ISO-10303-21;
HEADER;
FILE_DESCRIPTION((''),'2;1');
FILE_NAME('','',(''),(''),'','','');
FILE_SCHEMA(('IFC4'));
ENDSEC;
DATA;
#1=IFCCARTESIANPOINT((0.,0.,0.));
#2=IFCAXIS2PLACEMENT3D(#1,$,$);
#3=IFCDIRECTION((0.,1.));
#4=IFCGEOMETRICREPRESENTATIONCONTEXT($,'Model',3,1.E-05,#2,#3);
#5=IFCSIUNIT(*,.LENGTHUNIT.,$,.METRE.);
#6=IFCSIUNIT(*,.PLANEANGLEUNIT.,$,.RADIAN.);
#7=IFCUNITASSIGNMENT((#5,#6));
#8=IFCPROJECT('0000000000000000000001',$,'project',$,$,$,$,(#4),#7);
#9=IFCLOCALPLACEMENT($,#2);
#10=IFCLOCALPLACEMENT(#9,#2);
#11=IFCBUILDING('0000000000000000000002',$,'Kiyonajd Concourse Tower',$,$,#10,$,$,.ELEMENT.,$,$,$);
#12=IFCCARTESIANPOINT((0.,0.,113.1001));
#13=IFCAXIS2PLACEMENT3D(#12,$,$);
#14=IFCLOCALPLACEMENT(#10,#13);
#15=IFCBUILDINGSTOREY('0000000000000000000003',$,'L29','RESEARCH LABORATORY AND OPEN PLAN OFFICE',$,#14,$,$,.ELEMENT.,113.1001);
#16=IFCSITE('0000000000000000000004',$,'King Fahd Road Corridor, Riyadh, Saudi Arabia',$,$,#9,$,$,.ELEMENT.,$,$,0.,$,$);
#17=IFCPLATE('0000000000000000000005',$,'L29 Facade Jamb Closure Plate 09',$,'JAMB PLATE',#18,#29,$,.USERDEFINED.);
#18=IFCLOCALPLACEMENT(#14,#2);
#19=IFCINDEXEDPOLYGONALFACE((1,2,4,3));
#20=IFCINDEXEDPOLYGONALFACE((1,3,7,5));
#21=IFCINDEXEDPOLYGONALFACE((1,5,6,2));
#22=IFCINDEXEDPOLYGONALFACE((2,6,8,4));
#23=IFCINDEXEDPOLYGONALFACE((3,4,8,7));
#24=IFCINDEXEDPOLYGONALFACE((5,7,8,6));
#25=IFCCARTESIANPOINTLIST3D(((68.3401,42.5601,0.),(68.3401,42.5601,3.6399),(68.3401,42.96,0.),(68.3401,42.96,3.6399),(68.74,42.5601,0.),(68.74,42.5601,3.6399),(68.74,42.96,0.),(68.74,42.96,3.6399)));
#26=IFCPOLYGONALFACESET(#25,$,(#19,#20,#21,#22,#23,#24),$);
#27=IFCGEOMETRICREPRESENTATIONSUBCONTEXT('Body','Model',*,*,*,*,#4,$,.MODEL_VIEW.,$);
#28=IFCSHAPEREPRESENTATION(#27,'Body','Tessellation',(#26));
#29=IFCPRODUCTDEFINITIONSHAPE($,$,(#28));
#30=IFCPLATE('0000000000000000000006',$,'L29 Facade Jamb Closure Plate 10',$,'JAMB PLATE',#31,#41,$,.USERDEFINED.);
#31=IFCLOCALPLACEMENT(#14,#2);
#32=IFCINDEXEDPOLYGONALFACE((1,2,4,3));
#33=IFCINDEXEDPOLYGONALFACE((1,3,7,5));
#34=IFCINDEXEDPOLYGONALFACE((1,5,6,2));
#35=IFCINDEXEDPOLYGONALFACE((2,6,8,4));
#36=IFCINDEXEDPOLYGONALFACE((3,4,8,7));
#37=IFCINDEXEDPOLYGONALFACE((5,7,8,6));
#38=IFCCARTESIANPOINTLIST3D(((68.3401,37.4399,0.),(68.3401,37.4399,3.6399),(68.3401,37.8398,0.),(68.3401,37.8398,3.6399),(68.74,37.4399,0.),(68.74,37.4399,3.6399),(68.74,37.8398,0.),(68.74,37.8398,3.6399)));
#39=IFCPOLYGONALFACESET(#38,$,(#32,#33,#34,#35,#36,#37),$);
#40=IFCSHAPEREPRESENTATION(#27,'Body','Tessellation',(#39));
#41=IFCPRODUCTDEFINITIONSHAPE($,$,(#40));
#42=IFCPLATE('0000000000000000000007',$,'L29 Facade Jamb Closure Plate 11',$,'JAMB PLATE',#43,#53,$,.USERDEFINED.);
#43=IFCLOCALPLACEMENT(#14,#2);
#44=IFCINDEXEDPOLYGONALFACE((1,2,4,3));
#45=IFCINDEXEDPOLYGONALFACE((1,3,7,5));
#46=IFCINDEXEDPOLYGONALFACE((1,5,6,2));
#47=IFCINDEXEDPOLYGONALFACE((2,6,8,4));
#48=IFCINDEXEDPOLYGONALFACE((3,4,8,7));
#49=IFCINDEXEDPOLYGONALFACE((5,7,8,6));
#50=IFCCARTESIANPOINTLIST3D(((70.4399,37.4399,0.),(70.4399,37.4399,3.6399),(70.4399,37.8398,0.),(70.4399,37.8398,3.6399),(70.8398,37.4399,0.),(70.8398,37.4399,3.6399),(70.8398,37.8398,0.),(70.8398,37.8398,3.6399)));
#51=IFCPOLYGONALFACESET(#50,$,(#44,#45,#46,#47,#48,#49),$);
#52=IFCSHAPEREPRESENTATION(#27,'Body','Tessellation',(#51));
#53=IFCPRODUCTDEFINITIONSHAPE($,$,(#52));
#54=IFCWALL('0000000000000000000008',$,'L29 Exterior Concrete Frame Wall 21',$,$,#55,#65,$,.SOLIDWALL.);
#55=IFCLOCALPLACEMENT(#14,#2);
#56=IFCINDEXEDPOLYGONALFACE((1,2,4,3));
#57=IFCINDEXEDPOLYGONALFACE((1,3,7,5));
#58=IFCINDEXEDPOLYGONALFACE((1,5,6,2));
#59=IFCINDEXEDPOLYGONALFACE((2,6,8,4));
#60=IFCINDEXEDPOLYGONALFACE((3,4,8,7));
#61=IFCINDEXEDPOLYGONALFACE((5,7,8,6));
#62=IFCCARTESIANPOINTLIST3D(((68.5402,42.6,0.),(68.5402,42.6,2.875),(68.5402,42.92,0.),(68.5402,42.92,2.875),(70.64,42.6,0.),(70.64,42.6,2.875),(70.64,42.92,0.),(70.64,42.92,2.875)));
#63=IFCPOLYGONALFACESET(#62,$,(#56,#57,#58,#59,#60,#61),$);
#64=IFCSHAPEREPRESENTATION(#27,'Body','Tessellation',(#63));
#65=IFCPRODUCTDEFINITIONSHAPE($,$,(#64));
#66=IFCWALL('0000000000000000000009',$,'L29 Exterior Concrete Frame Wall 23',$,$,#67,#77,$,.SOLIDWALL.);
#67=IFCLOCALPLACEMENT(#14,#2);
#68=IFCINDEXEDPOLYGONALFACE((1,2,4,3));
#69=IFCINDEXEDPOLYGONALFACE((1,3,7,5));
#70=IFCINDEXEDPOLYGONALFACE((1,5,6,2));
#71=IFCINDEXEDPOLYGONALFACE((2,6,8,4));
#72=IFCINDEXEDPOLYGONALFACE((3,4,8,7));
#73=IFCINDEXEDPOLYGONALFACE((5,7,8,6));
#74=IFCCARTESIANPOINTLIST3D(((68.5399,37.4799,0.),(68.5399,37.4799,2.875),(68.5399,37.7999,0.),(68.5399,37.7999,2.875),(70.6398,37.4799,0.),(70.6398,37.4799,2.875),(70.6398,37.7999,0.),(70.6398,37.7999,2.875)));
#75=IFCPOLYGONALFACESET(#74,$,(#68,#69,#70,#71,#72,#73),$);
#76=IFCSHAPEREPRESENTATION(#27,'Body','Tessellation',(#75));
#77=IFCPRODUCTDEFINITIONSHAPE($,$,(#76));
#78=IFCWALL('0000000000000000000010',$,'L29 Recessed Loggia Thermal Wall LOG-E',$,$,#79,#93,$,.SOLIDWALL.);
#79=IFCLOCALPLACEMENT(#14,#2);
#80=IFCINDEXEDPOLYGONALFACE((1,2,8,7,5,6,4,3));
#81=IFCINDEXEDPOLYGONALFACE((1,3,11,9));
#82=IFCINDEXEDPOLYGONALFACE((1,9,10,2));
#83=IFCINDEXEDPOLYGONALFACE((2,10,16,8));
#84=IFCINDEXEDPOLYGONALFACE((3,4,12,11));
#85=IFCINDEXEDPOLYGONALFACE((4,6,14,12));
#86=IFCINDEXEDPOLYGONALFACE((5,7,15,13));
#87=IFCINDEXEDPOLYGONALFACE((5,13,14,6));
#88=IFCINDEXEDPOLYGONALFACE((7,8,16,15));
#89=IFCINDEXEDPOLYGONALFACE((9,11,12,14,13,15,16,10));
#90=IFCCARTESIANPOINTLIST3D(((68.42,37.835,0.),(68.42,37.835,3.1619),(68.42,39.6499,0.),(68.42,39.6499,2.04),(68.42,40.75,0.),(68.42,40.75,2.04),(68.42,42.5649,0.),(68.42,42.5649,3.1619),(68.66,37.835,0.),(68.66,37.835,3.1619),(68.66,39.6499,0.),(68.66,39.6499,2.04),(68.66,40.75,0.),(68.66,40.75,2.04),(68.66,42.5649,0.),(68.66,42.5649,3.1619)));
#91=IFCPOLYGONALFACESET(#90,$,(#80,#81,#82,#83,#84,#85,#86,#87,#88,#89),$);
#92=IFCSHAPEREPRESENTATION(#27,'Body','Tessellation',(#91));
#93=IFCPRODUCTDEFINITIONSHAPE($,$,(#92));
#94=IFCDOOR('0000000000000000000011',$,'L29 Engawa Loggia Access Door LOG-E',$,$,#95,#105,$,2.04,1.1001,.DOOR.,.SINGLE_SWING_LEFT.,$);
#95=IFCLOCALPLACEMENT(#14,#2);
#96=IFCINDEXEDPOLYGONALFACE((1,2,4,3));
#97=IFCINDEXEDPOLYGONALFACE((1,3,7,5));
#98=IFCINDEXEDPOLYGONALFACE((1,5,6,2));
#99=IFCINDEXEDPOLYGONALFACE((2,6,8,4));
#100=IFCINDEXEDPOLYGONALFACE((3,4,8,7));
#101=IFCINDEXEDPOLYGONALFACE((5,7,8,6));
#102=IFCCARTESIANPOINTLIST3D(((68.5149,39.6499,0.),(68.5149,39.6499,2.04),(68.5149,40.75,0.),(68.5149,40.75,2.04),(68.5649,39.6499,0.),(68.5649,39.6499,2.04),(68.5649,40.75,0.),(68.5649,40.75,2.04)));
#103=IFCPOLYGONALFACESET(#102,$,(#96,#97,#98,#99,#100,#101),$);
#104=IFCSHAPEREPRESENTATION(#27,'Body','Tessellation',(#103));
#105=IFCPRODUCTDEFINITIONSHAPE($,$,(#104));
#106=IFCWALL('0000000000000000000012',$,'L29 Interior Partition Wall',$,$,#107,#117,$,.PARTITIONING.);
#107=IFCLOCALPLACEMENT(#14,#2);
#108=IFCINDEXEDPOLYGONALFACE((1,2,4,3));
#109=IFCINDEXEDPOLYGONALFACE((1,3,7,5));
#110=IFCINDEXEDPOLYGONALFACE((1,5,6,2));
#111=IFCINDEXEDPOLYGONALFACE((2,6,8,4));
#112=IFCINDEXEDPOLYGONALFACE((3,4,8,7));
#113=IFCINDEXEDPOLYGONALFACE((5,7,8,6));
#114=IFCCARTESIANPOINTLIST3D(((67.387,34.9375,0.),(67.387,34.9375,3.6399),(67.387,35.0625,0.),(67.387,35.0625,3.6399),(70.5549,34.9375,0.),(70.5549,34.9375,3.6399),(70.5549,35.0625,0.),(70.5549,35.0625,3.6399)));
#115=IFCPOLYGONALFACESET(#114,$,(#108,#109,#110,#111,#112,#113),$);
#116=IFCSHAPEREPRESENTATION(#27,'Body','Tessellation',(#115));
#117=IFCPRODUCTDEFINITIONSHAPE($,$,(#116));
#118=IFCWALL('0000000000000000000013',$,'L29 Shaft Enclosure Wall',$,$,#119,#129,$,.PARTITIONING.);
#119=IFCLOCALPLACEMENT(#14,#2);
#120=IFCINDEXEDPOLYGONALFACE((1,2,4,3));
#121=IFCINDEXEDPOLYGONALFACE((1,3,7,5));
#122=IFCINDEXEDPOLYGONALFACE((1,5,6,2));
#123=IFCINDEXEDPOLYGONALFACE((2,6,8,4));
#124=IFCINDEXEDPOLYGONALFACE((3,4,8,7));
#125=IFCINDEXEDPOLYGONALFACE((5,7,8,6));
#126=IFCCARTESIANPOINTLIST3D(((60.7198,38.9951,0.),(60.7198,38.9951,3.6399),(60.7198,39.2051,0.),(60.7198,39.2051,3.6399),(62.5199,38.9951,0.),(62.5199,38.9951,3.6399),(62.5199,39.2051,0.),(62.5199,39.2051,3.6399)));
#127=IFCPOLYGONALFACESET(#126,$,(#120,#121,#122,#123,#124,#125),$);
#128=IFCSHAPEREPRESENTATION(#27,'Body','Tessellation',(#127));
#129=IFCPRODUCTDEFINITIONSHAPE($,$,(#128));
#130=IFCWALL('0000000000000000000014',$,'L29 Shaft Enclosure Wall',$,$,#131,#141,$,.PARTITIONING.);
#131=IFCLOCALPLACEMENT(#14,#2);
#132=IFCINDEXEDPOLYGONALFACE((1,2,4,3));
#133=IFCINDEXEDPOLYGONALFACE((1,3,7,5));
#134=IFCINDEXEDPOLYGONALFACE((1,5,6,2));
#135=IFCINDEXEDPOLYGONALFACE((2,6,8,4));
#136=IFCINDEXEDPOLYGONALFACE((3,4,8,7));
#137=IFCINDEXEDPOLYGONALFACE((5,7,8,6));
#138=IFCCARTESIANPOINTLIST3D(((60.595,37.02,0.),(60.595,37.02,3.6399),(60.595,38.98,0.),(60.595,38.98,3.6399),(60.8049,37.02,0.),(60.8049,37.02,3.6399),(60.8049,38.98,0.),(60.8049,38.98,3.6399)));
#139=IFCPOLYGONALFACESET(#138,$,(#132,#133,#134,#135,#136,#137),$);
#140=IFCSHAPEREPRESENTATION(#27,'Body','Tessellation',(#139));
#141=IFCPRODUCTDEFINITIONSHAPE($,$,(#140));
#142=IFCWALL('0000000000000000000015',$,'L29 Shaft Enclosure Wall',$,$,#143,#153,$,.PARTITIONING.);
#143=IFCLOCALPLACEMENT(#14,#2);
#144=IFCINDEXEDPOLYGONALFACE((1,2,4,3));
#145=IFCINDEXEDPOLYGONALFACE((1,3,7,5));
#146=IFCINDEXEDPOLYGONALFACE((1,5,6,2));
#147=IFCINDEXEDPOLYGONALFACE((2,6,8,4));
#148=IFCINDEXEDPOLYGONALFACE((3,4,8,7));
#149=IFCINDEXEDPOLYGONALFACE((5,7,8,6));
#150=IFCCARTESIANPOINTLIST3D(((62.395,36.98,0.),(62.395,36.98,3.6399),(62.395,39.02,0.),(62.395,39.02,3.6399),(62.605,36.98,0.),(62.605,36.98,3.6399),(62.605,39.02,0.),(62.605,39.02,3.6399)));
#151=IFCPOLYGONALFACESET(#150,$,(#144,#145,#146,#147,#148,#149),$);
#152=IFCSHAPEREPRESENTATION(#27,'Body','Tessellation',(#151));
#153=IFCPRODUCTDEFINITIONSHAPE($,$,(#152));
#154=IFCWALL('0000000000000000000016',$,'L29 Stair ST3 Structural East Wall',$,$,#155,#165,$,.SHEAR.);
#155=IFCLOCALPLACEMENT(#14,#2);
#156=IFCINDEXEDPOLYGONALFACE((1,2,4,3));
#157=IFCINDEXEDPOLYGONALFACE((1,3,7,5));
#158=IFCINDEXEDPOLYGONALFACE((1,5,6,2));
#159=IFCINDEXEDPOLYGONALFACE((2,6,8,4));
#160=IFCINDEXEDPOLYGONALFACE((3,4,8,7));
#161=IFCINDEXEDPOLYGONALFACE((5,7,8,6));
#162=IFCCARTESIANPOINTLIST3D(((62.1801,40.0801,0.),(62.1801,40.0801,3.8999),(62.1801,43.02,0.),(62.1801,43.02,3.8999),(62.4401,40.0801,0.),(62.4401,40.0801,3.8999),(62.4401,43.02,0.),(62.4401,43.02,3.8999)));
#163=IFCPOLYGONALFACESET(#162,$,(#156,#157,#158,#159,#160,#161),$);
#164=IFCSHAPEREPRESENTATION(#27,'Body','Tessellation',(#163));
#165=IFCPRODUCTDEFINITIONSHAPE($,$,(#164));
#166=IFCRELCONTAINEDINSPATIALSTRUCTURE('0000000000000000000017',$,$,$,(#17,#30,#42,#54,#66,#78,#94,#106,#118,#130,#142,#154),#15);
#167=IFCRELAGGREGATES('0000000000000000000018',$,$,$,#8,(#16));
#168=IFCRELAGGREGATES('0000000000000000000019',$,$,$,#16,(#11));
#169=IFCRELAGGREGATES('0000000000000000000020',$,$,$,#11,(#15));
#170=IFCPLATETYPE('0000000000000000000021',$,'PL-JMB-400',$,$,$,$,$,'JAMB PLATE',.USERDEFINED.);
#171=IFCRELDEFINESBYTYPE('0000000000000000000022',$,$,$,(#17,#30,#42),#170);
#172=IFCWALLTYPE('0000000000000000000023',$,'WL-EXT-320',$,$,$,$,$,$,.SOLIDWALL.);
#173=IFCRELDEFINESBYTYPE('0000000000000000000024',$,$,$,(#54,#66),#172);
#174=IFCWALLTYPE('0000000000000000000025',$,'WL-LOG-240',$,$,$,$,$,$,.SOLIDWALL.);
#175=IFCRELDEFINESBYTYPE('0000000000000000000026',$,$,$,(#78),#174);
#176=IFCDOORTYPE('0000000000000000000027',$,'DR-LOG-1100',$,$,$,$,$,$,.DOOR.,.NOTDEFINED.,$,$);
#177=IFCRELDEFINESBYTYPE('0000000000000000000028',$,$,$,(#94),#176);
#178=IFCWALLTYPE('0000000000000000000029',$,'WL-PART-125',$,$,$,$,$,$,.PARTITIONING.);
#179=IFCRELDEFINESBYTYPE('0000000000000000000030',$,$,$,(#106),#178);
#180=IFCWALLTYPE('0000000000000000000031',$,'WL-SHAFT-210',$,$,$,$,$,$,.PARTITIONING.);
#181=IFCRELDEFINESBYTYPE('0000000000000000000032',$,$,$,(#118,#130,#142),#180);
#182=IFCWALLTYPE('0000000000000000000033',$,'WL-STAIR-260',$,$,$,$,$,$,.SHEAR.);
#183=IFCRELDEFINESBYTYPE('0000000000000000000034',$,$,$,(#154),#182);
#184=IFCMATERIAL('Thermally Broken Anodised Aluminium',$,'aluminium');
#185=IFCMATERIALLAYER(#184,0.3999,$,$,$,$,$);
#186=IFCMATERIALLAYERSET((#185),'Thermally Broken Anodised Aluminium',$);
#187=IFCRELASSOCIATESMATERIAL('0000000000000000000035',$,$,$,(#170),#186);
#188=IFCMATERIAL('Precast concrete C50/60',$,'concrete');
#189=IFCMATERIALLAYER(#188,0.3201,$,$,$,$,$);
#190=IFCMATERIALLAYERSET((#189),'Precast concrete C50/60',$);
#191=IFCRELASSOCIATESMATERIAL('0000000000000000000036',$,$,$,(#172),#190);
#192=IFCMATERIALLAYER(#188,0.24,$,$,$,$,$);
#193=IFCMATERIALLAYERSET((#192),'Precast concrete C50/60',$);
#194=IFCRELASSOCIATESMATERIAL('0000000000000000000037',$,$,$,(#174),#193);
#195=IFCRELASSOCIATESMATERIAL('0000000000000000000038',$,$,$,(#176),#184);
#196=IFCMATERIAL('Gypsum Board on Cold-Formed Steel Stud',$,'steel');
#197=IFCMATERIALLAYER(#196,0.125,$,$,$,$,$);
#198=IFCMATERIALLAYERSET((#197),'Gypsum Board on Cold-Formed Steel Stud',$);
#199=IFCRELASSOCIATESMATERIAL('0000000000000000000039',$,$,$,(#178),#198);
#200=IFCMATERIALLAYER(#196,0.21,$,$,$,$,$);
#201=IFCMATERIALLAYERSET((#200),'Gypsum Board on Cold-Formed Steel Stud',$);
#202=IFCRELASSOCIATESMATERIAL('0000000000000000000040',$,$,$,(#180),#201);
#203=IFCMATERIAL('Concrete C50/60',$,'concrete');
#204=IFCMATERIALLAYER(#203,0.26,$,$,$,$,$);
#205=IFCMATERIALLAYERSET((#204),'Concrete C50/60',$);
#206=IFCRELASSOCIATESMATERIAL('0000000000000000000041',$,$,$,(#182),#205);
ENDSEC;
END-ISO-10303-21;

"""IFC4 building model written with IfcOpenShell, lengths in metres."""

from ifc_helpers import new_model, si_unit, direction, frame, frame_2d, origin, origin_2d, place, context, subcontext, project, spatial, rectangle, extrude, material, layer, layer_set, type_object, element, fill, save


model = new_model("IFC4")

# Units and contexts
model_context = context("Model", 3, precision=1e-05, world=origin(), true_north=direction((0.0, 1.0)))
body_context = subcontext(model_context, "Body", "Model", "MODEL_VIEW")
ifc_project = project(units=[si_unit("LENGTHUNIT", "METRE"), si_unit("PLANEANGLEUNIT", "RADIAN")], contexts=[model_context])

# Site, building, storey
site_placement = place(None, origin())
site = spatial("IfcSite", under=ifc_project, at=site_placement, Name="King Fahd Road Corridor, Riyadh, Saudi Arabia", CompositionType="ELEMENT", RefElevation=0.0)
building_placement = place(site_placement, origin())
building = spatial("IfcBuilding", under=site, at=building_placement, Name="Kiyonajd Concourse Tower", CompositionType="ELEMENT")
storey_placement = place(building_placement, frame((0.0, 0.0, 113.1001)))
storey = spatial("IfcBuildingStorey", under=building, at=storey_placement, Name="L29", Description="RESEARCH LABORATORY AND OPEN PLAN OFFICE", CompositionType="ELEMENT", Elevation=113.1001)

# Shared definitions
ifc_material_1 = material(Name="Precast concrete C50/60", Category="concrete")

# Shared definitions
ifc_material_2 = material(Name="Thermally Broken Anodised Aluminium", Category="aluminium")

# Plates
ifc_layer_1 = layer(ifc_material_2, 0.3999)
ifc_layer_set_1 = layer_set([ifc_layer_1], Name="Thermally Broken Anodised Aluminium")
plate_type_1 = type_object("IfcPlateType", Name="PL-JMB-400", ElementType="JAMB PLATE", PredefinedType="USERDEFINED", material=ifc_layer_set_1)
for number, where, z_axis, x_axis, name in (
    (1, (68.54, 42.76, 0.0), (0.0, 0.0, 1.0), (1.0, 0.0, 0.0), "L29 Facade Jamb Closure Plate 09"),
    (2, (68.54, 37.6399, 0.0), (0.0, 0.0, 1.0), (1.0, 0.0, 0.0), "L29 Facade Jamb Closure Plate 10"),
    (3, (70.6399, 37.6399, 0.0), (0.0, 0.0, 1.0), (1.0, 0.0, 0.0), "L29 Facade Jamb Closure Plate 11"),
):
    element("IfcPlate", number, at=place(storey_placement, frame(where, z_axis=z_axis, x_axis=x_axis)), inside=storey, type_object=plate_type_1, Name=name, ObjectType="JAMB PLATE", PredefinedType="USERDEFINED", context=body_context, shape_type="SweptSolid", body=[
        extrude(rectangle(XDim=0.3999, YDim=0.3999, at=origin_2d()), origin(), (0.0, 0.0, 1.0), 3.6399),
    ])

# Walls
ifc_layer_2 = layer(ifc_material_1, 0.3201)
ifc_layer_set_2 = layer_set([ifc_layer_2], Name="Precast concrete C50/60")
wall_type_1 = type_object("IfcWallType", Name="WL-EXT-320", PredefinedType="SOLIDWALL", material=ifc_layer_set_2)
for number, where, z_axis, x_axis, name in (
    (4, (70.6399, 42.76, 0.0), (0.0, 0.0, 1.0), (-1.0, 0.0, 0.0), "L29 Exterior Concrete Frame Wall 21"),
    (5, (68.54, 37.6399, 0.0), (0.0, 0.0, 1.0), (1.0, 0.0, 0.0), "L29 Exterior Concrete Frame Wall 23"),
):
    element("IfcWall", number, at=place(storey_placement, frame(where, z_axis=z_axis, x_axis=x_axis)), inside=storey, type_object=wall_type_1, Name=name, PredefinedType="SOLIDWALL", context=body_context, shape_type="SweptSolid", body=[
        extrude(rectangle(XDim=2.0999, YDim=0.3201, at=frame_2d((1.0498, 0.0))), origin(), (0.0, 0.0, 1.0), 2.875),
    ])

# Wall, opening, door
ifc_layer_3 = layer(ifc_material_1, 0.24)
ifc_layer_set_3 = layer_set([ifc_layer_3], Name="Precast concrete C50/60")
wall_type_2 = type_object("IfcWallType", Name="WL-LOG-240", PredefinedType="SOLIDWALL", material=ifc_layer_set_3)
wall_1_placement = place(storey_placement, frame((68.54, 42.5649, 0.0), z_axis=(0.0, 0.0, 1.0), x_axis=(0.0, -1.0, 0.0)))
wall_1 = element("IfcWall", 6, at=wall_1_placement, inside=storey, type_object=wall_type_2, Name="L29 Recessed Loggia Thermal Wall LOG-E", PredefinedType="SOLIDWALL", context=body_context, shape_type="SweptSolid", body=[
    extrude(rectangle(XDim=4.73, YDim=0.24, at=frame_2d((2.365, 0.0))), origin(), (0.0, 0.0, 1.0), 3.1619),
])
opening_placement = place(wall_1_placement, frame((1.8149, 0.0, 0.0)))
opening = element("IfcOpeningElement", 7, at=opening_placement, cuts=wall_1, PredefinedType="OPENING", context=body_context, shape_type="SweptSolid", body=[
    extrude(rectangle(XDim=1.1001, YDim=2.04, at=frame_2d((0.55, 1.02))), frame((0.0, 0.1299, 0.0), z_axis=(0.0, -1.0, 0.0), x_axis=(1.0, 0.0, 0.0)), (0.0, 0.0, 1.0), 0.26),
])
door_type = type_object("IfcDoorType", Name="DR-LOG-1100", OperationType="NOTDEFINED", PredefinedType="DOOR", material=ifc_material_2)
door_placement = place(opening_placement, origin())
door = element("IfcDoor", 8, at=door_placement, inside=storey, type_object=door_type, Name="L29 Engawa Loggia Access Door LOG-E", OperationType="SINGLE_SWING_LEFT", OverallHeight=2.04, OverallWidth=1.1001, PredefinedType="DOOR", context=body_context, shape_type="SweptSolid", body=[
    extrude(rectangle(XDim=1.1001, YDim=2.04, at=frame_2d((0.55, 1.02))), frame((0.0, 0.0249, 0.0), z_axis=(0.0, -1.0, 0.0), x_axis=(1.0, 0.0, 0.0)), (0.0, 0.0, 1.0), 0.05),
])
fill(opening, door)

# Walls
ifc_material_3 = material(Name="Gypsum Board on Cold-Formed Steel Stud", Category="steel")
ifc_layer_4 = layer(ifc_material_3, 0.125)
ifc_layer_set_4 = layer_set([ifc_layer_4], Name="Gypsum Board on Cold-Formed Steel Stud")
wall_type_3 = type_object("IfcWallType", Name="WL-PART-125", PredefinedType="PARTITIONING", material=ifc_layer_set_4)
wall_2_placement = place(storey_placement, frame((67.387, 35.0, 0.0), z_axis=(0.0, 0.0, 1.0), x_axis=(1.0, 0.0, 0.0)))
element("IfcWall", 9, at=wall_2_placement, inside=storey, type_object=wall_type_3, Name="L29 Interior Partition Wall", PredefinedType="PARTITIONING", context=body_context, shape_type="SweptSolid", body=[
    extrude(rectangle(XDim=3.168, YDim=0.125, at=frame_2d((1.584, 0.0))), origin(), (0.0, 0.0, 1.0), 3.6399),
])
ifc_layer_5 = layer(ifc_material_3, 0.21)
ifc_layer_set_5 = layer_set([ifc_layer_5], Name="Gypsum Board on Cold-Formed Steel Stud")
wall_type_4 = type_object("IfcWallType", Name="WL-SHAFT-210", PredefinedType="PARTITIONING", material=ifc_layer_set_5)
wall_3_placement = place(storey_placement, frame((60.72, 39.1001, 0.0), z_axis=(0.0, 0.0, 1.0), x_axis=(1.0, 0.0, 0.0)))
element("IfcWall", 10, at=wall_3_placement, inside=storey, type_object=wall_type_4, Name="L29 Shaft Enclosure Wall", PredefinedType="PARTITIONING", context=body_context, shape_type="SweptSolid", body=[
    extrude(rectangle(XDim=1.8, YDim=0.21, at=frame_2d((0.8999, 0.0))), origin(), (0.0, 0.0, 1.0), 3.6399),
])
wall_4_placement = place(storey_placement, frame((60.7, 37.02, 0.0), z_axis=(0.0, 0.0, 1.0), x_axis=(0.0, 1.0, 0.0)))
element("IfcWall", 11, at=wall_4_placement, inside=storey, type_object=wall_type_4, Name="L29 Shaft Enclosure Wall", PredefinedType="PARTITIONING", context=body_context, shape_type="SweptSolid", body=[
    extrude(rectangle(XDim=1.96, YDim=0.21, at=frame_2d((0.98, 0.0))), origin(), (0.0, 0.0, 1.0), 3.6399),
])
wall_5_placement = place(storey_placement, frame((62.5, 36.98, 0.0), z_axis=(0.0, 0.0, 1.0), x_axis=(0.0, 1.0, 0.0)))
element("IfcWall", 12, at=wall_5_placement, inside=storey, type_object=wall_type_4, Name="L29 Shaft Enclosure Wall", PredefinedType="PARTITIONING", context=body_context, shape_type="SweptSolid", body=[
    extrude(rectangle(XDim=2.04, YDim=0.21, at=frame_2d((1.02, 0.0))), origin(), (0.0, 0.0, 1.0), 3.6399),
])
ifc_material_4 = material(Name="Concrete C50/60", Category="concrete")
ifc_layer_6 = layer(ifc_material_4, 0.26)
ifc_layer_set_6 = layer_set([ifc_layer_6], Name="Concrete C50/60")
wall_type_5 = type_object("IfcWallType", Name="WL-STAIR-260", PredefinedType="SHEAR", material=ifc_layer_set_6)
wall_6_placement = place(storey_placement, frame((62.3101, 40.0801, 0.0), z_axis=(0.0, 0.0, 1.0), x_axis=(0.0, 1.0, 0.0)))
element("IfcWall", 13, at=wall_6_placement, inside=storey, type_object=wall_type_5, Name="L29 Stair ST3 Structural East Wall", PredefinedType="SHEAR", context=body_context, shape_type="SweptSolid", body=[
    extrude(rectangle(XDim=2.9399, YDim=0.26, at=frame_2d((1.47, 0.0))), origin(), (0.0, 0.0, 1.0), 3.8999),
])

save(model, "model.ifc")
